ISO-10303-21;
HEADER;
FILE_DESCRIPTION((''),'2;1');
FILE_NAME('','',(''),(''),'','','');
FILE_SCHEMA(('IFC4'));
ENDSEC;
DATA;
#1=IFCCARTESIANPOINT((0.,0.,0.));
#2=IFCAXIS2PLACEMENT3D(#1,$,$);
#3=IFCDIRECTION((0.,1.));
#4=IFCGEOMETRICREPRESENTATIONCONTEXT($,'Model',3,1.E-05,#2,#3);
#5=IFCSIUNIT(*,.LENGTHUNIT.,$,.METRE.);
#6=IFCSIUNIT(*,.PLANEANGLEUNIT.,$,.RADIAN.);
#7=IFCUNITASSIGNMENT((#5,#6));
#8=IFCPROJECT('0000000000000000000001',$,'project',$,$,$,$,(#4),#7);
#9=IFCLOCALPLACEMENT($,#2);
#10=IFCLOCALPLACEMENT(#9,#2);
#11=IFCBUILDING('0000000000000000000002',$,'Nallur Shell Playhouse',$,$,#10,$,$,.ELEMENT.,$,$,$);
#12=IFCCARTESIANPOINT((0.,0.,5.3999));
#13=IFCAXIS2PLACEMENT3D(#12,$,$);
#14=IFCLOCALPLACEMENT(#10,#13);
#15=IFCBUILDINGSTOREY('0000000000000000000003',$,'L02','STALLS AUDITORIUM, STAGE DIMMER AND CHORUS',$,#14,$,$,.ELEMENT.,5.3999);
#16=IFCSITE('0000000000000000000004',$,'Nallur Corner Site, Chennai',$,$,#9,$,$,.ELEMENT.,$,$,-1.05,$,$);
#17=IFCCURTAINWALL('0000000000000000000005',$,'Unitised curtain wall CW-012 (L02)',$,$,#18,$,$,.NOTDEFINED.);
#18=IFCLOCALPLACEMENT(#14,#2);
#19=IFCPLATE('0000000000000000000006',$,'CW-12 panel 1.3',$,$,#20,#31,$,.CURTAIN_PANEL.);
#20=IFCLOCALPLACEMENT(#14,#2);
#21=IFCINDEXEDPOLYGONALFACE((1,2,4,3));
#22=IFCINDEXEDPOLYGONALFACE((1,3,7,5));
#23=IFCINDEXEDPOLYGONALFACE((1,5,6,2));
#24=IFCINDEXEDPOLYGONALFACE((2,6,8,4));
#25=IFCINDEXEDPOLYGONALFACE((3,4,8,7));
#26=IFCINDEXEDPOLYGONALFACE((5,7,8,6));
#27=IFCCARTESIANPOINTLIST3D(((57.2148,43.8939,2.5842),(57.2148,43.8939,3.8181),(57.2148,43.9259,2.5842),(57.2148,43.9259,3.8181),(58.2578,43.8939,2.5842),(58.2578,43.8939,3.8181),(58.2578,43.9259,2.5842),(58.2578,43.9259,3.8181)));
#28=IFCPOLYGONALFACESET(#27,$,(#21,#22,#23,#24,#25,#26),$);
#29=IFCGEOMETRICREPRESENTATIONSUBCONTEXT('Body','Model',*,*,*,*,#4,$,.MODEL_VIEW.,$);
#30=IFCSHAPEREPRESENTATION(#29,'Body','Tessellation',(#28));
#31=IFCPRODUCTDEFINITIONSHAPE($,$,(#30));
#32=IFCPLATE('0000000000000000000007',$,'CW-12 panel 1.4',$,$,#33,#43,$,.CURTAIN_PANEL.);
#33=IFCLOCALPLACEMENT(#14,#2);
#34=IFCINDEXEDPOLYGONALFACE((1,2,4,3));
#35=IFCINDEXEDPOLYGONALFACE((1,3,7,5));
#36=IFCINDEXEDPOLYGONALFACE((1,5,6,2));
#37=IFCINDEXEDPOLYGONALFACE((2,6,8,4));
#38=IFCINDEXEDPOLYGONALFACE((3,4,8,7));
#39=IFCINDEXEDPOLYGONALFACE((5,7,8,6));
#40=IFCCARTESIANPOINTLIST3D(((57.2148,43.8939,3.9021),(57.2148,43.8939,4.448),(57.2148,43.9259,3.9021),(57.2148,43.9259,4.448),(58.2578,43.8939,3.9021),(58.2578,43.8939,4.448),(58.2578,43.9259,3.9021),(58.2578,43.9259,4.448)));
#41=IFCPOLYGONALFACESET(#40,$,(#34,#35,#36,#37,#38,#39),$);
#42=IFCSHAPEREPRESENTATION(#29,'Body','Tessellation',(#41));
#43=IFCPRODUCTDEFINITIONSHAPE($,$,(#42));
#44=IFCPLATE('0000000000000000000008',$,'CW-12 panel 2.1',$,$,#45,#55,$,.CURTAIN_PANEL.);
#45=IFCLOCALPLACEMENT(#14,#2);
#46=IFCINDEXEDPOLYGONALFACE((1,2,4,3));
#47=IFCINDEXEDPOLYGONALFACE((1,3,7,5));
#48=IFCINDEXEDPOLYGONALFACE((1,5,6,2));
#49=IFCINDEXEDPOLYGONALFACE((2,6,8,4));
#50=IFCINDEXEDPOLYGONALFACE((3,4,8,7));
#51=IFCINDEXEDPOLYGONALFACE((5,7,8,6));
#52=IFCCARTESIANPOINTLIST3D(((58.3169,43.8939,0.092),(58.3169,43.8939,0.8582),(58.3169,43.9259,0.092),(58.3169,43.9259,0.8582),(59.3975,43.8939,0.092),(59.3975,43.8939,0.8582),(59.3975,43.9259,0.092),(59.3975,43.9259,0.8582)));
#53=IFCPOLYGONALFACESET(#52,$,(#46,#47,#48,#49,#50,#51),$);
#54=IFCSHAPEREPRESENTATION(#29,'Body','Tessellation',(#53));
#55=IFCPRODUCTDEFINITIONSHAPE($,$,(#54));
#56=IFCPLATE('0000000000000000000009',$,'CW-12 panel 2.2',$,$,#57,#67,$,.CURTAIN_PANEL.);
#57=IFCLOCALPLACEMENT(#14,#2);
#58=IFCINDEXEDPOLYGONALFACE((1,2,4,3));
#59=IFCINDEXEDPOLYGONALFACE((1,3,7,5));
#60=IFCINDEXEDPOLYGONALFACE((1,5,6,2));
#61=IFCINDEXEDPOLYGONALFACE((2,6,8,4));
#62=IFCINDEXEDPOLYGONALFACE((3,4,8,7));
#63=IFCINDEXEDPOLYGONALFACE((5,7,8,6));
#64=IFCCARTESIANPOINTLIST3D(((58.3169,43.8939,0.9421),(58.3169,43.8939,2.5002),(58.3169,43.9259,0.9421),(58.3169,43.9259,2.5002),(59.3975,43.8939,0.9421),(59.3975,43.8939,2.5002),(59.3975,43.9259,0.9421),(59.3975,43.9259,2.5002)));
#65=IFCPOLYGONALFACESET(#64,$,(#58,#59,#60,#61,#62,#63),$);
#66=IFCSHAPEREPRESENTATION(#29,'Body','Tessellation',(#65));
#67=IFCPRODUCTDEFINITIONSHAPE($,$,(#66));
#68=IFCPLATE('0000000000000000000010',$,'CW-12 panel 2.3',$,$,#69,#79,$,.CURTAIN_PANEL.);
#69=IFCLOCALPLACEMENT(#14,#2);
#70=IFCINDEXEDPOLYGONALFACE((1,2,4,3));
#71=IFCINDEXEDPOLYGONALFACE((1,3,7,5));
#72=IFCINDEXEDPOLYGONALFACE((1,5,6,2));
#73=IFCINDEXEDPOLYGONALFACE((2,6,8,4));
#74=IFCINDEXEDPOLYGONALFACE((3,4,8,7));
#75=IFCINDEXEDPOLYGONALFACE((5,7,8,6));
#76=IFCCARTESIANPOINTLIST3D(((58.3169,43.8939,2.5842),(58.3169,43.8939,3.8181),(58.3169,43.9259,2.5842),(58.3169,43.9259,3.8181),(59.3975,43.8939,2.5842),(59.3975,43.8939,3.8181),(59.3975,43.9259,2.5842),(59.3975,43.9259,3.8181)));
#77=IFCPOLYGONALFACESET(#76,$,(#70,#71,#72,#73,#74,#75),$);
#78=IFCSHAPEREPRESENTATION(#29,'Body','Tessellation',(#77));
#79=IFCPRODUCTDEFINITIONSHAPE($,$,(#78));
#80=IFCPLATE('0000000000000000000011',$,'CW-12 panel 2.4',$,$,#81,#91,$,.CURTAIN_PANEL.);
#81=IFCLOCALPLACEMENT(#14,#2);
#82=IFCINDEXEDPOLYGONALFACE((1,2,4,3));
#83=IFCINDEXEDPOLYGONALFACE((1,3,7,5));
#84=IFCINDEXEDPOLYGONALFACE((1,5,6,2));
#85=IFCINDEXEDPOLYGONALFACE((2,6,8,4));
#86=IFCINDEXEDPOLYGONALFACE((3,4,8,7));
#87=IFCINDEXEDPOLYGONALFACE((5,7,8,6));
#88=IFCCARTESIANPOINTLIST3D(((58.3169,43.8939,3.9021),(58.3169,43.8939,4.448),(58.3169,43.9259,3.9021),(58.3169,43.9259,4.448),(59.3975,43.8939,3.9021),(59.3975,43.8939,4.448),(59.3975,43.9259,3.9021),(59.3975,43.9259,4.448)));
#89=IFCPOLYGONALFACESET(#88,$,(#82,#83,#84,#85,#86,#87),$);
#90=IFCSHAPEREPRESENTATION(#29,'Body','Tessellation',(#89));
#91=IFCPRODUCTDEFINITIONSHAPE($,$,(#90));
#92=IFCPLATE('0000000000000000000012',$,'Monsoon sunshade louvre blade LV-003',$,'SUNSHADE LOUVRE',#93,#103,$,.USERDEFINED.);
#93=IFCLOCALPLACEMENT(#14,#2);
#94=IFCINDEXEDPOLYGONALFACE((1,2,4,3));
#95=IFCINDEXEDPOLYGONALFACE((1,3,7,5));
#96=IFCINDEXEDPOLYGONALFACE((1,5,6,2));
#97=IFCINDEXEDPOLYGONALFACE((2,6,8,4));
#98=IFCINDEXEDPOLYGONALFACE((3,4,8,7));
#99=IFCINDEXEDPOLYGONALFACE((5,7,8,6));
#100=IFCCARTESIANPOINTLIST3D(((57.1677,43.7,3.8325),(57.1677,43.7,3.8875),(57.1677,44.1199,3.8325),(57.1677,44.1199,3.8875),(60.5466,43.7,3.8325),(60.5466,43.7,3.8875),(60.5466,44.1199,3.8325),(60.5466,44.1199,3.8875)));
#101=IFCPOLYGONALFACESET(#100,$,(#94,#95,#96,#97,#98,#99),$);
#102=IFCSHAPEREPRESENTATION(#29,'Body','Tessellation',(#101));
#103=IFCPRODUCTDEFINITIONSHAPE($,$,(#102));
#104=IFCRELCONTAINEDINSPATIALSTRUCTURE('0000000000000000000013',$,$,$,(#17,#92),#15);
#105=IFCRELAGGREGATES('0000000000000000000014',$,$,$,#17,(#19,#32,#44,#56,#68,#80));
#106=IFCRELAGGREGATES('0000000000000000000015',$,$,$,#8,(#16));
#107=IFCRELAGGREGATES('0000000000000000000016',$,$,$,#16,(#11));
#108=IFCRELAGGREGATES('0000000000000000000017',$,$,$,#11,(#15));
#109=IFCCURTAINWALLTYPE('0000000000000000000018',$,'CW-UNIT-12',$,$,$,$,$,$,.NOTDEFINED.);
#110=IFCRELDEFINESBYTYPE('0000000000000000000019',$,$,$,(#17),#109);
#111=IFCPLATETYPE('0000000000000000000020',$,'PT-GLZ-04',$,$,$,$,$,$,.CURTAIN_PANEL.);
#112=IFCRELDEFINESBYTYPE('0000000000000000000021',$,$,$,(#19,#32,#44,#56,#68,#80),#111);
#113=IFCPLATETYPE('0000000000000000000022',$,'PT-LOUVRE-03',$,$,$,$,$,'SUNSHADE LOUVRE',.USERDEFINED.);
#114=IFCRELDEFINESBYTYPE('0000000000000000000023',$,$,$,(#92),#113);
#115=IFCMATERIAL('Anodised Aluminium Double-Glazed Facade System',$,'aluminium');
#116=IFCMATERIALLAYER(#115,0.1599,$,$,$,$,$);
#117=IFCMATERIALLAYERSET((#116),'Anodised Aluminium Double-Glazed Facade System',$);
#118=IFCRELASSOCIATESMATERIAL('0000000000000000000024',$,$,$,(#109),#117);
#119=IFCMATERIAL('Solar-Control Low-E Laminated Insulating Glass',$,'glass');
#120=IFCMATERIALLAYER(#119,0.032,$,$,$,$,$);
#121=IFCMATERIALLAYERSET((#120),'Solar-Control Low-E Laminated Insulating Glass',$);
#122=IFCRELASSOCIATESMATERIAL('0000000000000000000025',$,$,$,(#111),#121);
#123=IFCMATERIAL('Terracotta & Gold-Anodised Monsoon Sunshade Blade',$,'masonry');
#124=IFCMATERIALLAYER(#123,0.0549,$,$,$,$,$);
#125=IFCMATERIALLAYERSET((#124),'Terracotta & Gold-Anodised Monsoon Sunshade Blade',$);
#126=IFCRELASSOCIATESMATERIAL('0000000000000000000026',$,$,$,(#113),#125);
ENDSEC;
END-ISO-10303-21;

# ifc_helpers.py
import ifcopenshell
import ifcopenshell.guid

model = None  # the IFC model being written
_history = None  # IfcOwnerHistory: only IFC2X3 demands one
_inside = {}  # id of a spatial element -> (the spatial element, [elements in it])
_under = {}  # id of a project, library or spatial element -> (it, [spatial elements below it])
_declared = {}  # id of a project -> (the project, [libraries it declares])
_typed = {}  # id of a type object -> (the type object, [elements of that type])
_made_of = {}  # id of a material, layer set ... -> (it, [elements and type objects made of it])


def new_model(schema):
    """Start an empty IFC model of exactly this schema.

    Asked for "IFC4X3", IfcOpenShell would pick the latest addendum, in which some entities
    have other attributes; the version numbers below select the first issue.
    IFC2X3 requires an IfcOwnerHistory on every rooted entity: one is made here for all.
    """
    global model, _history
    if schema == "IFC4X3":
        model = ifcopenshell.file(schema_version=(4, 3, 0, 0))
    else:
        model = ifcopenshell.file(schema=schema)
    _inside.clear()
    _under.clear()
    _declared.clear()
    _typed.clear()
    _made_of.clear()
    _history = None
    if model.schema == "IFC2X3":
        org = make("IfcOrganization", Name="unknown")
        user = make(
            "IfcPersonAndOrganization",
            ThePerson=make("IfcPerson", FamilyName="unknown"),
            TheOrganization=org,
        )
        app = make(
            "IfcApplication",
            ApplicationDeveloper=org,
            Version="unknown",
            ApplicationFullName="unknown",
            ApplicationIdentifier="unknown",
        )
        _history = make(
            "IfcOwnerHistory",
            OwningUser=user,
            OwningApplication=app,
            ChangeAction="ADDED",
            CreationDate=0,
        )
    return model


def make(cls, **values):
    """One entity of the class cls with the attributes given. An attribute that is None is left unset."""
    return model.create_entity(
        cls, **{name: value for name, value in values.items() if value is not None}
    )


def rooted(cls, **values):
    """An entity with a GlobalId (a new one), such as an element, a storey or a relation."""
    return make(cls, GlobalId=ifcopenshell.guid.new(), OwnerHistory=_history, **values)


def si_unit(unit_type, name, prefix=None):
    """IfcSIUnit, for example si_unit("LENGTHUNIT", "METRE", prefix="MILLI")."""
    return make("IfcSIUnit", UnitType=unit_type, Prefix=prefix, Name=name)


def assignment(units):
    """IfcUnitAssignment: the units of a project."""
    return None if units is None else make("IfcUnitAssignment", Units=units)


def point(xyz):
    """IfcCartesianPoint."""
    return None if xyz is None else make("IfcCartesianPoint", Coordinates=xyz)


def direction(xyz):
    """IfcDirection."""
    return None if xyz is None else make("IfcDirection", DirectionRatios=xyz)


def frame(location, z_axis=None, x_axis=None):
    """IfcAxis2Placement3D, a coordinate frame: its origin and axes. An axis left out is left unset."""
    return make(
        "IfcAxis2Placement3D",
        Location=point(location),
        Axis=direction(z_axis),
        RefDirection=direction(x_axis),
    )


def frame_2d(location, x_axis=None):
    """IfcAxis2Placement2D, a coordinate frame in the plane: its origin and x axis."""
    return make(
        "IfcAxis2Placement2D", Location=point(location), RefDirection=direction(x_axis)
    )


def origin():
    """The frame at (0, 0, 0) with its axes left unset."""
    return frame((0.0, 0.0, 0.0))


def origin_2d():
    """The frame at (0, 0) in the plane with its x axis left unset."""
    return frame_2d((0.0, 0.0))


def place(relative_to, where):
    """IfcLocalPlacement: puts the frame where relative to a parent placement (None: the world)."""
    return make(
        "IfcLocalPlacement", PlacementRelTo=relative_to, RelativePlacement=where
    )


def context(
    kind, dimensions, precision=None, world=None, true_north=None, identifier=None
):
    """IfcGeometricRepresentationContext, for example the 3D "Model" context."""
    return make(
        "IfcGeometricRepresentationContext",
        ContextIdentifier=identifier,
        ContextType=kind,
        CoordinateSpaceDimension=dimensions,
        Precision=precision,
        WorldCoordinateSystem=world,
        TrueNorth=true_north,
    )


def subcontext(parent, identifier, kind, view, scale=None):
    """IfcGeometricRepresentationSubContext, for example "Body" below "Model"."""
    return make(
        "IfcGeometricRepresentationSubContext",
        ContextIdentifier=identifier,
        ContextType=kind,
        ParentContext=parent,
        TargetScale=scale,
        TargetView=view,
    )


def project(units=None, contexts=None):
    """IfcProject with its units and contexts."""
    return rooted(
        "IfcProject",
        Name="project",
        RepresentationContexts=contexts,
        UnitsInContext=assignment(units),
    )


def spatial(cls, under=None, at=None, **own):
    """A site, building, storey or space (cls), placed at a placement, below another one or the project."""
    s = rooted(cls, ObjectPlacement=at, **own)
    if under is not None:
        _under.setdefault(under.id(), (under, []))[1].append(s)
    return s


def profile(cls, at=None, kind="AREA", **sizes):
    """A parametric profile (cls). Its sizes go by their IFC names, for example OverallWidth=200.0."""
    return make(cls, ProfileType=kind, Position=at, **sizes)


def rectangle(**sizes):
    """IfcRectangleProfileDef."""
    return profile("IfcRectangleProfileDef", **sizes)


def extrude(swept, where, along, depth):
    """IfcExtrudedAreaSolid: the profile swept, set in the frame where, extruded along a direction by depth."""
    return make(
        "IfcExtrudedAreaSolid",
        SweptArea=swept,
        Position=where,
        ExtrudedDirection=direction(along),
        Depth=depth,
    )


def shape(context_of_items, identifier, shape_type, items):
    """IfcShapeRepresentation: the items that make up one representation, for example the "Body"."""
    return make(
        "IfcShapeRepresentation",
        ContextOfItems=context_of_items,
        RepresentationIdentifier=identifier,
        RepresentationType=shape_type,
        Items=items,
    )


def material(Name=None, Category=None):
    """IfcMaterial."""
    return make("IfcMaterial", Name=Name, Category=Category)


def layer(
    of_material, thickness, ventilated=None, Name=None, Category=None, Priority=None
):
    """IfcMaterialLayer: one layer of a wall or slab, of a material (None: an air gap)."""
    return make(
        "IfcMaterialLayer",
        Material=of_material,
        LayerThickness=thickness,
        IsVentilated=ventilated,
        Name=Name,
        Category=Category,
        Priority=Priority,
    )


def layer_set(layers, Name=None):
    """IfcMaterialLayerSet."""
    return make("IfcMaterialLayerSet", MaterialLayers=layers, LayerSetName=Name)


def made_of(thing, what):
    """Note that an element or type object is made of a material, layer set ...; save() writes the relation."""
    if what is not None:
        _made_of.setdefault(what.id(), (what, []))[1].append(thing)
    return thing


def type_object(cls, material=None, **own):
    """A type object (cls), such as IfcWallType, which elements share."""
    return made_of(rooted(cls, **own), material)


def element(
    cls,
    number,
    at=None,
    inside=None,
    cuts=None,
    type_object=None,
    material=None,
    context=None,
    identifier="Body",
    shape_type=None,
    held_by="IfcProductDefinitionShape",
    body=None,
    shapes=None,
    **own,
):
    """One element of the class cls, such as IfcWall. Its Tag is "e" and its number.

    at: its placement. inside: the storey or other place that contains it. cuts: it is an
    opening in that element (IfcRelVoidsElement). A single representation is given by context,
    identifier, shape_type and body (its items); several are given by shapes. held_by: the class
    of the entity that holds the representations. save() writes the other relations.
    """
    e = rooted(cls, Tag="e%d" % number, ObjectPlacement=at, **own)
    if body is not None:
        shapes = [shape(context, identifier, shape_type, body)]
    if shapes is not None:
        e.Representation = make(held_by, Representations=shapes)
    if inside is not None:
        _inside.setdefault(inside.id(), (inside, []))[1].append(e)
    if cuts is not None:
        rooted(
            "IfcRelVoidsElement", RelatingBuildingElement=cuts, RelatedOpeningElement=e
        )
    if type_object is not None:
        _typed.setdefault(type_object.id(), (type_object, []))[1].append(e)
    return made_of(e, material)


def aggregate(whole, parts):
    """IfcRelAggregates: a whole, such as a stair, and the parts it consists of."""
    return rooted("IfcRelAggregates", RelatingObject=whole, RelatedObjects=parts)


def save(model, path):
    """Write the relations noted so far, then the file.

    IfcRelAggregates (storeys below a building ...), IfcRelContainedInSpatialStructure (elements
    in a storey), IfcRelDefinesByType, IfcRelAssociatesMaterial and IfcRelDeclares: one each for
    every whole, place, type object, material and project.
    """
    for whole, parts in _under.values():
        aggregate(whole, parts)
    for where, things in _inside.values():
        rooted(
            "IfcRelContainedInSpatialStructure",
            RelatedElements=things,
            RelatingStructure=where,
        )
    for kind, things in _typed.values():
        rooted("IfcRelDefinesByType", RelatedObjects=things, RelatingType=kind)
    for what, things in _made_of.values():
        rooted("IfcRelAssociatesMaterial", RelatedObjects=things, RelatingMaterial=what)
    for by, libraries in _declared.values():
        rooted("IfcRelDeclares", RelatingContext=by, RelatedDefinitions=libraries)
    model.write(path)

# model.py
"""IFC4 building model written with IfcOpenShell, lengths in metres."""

from ifc_helpers import new_model, si_unit, direction, frame, origin, origin_2d, place, context, subcontext, project, spatial, rectangle, extrude, material, layer, layer_set, type_object, element, aggregate, save


model = new_model("IFC4")

# Units and contexts
model_context = context("Model", 3, precision=1e-05, world=origin(), true_north=direction((0.0, 1.0)))
body_context = subcontext(model_context, "Body", "Model", "MODEL_VIEW")
ifc_project = project(units=[si_unit("LENGTHUNIT", "METRE"), si_unit("PLANEANGLEUNIT", "RADIAN")], contexts=[model_context])

# Site, building, storey
site_placement = place(None, origin())
site = spatial("IfcSite", under=ifc_project, at=site_placement, Name="Nallur Corner Site, Chennai", CompositionType="ELEMENT", RefElevation=-1.05)
building_placement = place(site_placement, origin())
building = spatial("IfcBuilding", under=site, at=building_placement, Name="Nallur Shell Playhouse", CompositionType="ELEMENT")
storey_placement = place(building_placement, frame((0.0, 0.0, 5.3999)))
storey = spatial("IfcBuildingStorey", under=building, at=storey_placement, Name="L02", Description="STALLS AUDITORIUM, STAGE DIMMER AND CHORUS", CompositionType="ELEMENT", Elevation=5.3999)

# Curtain wall, plates
ifc_material_1 = material(Name="Anodised Aluminium Double-Glazed Facade System", Category="aluminium")
ifc_layer_1 = layer(ifc_material_1, 0.1599)
ifc_layer_set_1 = layer_set([ifc_layer_1], Name="Anodised Aluminium Double-Glazed Facade System")
curtain_wall_type = type_object("IfcCurtainWallType", Name="CW-UNIT-12", PredefinedType="NOTDEFINED", material=ifc_layer_set_1)
curtain_wall_placement = place(storey_placement, origin())
curtain_wall = element("IfcCurtainWall", 1, at=curtain_wall_placement, inside=storey, type_object=curtain_wall_type, Name="Unitised curtain wall CW-012 (L02)", PredefinedType="NOTDEFINED")
ifc_material_2 = material(Name="Solar-Control Low-E Laminated Insulating Glass", Category="glass")
ifc_layer_2 = layer(ifc_material_2, 0.032)
ifc_layer_set_2 = layer_set([ifc_layer_2], Name="Solar-Control Low-E Laminated Insulating Glass")
plate_type_1 = type_object("IfcPlateType", Name="PT-GLZ-04", PredefinedType="CURTAIN_PANEL", material=ifc_layer_set_2)
plate_1_placement = place(storey_placement, frame((57.7363, 43.9099, 2.5842), z_axis=(0.0, 0.0, 1.0), x_axis=(1.0, 0.0, 0.0)))
plate_1 = element("IfcPlate", 2, at=plate_1_placement, type_object=plate_type_1, Name="CW-12 panel 1.3", PredefinedType="CURTAIN_PANEL", context=body_context, shape_type="SweptSolid", body=[
    extrude(rectangle(XDim=1.043, YDim=0.032, at=origin_2d()), origin(), (0.0, 0.0, 1.0), 1.2339),
])
plate_2_placement = place(storey_placement, frame((57.7363, 43.9099, 3.9021), z_axis=(0.0, 0.0, 1.0), x_axis=(1.0, 0.0, 0.0)))
plate_2 = element("IfcPlate", 3, at=plate_2_placement, type_object=plate_type_1, Name="CW-12 panel 1.4", PredefinedType="CURTAIN_PANEL", context=body_context, shape_type="SweptSolid", body=[
    extrude(rectangle(XDim=1.043, YDim=0.032, at=origin_2d()), origin(), (0.0, 0.0, 1.0), 0.5459),
])
plate_3_placement = place(storey_placement, frame((58.8572, 43.9099, 0.092), z_axis=(0.0, 0.0, 1.0), x_axis=(1.0, 0.0, 0.0)))
plate_3 = element("IfcPlate", 4, at=plate_3_placement, type_object=plate_type_1, Name="CW-12 panel 2.1", PredefinedType="CURTAIN_PANEL", context=body_context, shape_type="SweptSolid", body=[
    extrude(rectangle(XDim=1.0806, YDim=0.032, at=origin_2d()), origin(), (0.0, 0.0, 1.0), 0.7661),
])
plate_4_placement = place(storey_placement, frame((58.8572, 43.9099, 0.9421), z_axis=(0.0, 0.0, 1.0), x_axis=(1.0, 0.0, 0.0)))
plate_4 = element("IfcPlate", 5, at=plate_4_placement, type_object=plate_type_1, Name="CW-12 panel 2.2", PredefinedType="CURTAIN_PANEL", context=body_context, shape_type="SweptSolid", body=[
    extrude(rectangle(XDim=1.0806, YDim=0.032, at=origin_2d()), origin(), (0.0, 0.0, 1.0), 1.5581),
])
plate_5_placement = place(storey_placement, frame((58.8572, 43.9099, 2.5842), z_axis=(0.0, 0.0, 1.0), x_axis=(1.0, 0.0, 0.0)))
plate_5 = element("IfcPlate", 6, at=plate_5_placement, type_object=plate_type_1, Name="CW-12 panel 2.3", PredefinedType="CURTAIN_PANEL", context=body_context, shape_type="SweptSolid", body=[
    extrude(rectangle(XDim=1.0806, YDim=0.032, at=origin_2d()), origin(), (0.0, 0.0, 1.0), 1.2339),
])
plate_6_placement = place(storey_placement, frame((58.8572, 43.9099, 3.9021), z_axis=(0.0, 0.0, 1.0), x_axis=(1.0, 0.0, 0.0)))
plate_6 = element("IfcPlate", 7, at=plate_6_placement, type_object=plate_type_1, Name="CW-12 panel 2.4", PredefinedType="CURTAIN_PANEL", context=body_context, shape_type="SweptSolid", body=[
    extrude(rectangle(XDim=1.0806, YDim=0.032, at=origin_2d()), origin(), (0.0, 0.0, 1.0), 0.5459),
])
aggregate(curtain_wall, [plate_1, plate_2, plate_3, plate_4, plate_5, plate_6])

# Plate
ifc_material_3 = material(Name="Terracotta & Gold-Anodised Monsoon Sunshade Blade", Category="masonry")
ifc_layer_3 = layer(ifc_material_3, 0.0549)
ifc_layer_set_3 = layer_set([ifc_layer_3], Name="Terracotta & Gold-Anodised Monsoon Sunshade Blade")
plate_type_2 = type_object("IfcPlateType", Name="PT-LOUVRE-03", ElementType="SUNSHADE LOUVRE", PredefinedType="USERDEFINED", material=ifc_layer_set_3)
plate_7_placement = place(storey_placement, frame((58.8572, 43.9099, 3.8325), z_axis=(0.0, 0.0, 1.0), x_axis=(1.0, 0.0, 0.0)))
element("IfcPlate", 8, at=plate_7_placement, inside=storey, type_object=plate_type_2, Name="Monsoon sunshade louvre blade LV-003", ObjectType="SUNSHADE LOUVRE", PredefinedType="USERDEFINED", context=body_context, shape_type="SweptSolid", body=[
    extrude(rectangle(XDim=3.3789, YDim=0.4199, at=origin_2d()), origin(), (0.0, 0.0, 1.0), 0.0549),
])

save(model, "model.ifc")
